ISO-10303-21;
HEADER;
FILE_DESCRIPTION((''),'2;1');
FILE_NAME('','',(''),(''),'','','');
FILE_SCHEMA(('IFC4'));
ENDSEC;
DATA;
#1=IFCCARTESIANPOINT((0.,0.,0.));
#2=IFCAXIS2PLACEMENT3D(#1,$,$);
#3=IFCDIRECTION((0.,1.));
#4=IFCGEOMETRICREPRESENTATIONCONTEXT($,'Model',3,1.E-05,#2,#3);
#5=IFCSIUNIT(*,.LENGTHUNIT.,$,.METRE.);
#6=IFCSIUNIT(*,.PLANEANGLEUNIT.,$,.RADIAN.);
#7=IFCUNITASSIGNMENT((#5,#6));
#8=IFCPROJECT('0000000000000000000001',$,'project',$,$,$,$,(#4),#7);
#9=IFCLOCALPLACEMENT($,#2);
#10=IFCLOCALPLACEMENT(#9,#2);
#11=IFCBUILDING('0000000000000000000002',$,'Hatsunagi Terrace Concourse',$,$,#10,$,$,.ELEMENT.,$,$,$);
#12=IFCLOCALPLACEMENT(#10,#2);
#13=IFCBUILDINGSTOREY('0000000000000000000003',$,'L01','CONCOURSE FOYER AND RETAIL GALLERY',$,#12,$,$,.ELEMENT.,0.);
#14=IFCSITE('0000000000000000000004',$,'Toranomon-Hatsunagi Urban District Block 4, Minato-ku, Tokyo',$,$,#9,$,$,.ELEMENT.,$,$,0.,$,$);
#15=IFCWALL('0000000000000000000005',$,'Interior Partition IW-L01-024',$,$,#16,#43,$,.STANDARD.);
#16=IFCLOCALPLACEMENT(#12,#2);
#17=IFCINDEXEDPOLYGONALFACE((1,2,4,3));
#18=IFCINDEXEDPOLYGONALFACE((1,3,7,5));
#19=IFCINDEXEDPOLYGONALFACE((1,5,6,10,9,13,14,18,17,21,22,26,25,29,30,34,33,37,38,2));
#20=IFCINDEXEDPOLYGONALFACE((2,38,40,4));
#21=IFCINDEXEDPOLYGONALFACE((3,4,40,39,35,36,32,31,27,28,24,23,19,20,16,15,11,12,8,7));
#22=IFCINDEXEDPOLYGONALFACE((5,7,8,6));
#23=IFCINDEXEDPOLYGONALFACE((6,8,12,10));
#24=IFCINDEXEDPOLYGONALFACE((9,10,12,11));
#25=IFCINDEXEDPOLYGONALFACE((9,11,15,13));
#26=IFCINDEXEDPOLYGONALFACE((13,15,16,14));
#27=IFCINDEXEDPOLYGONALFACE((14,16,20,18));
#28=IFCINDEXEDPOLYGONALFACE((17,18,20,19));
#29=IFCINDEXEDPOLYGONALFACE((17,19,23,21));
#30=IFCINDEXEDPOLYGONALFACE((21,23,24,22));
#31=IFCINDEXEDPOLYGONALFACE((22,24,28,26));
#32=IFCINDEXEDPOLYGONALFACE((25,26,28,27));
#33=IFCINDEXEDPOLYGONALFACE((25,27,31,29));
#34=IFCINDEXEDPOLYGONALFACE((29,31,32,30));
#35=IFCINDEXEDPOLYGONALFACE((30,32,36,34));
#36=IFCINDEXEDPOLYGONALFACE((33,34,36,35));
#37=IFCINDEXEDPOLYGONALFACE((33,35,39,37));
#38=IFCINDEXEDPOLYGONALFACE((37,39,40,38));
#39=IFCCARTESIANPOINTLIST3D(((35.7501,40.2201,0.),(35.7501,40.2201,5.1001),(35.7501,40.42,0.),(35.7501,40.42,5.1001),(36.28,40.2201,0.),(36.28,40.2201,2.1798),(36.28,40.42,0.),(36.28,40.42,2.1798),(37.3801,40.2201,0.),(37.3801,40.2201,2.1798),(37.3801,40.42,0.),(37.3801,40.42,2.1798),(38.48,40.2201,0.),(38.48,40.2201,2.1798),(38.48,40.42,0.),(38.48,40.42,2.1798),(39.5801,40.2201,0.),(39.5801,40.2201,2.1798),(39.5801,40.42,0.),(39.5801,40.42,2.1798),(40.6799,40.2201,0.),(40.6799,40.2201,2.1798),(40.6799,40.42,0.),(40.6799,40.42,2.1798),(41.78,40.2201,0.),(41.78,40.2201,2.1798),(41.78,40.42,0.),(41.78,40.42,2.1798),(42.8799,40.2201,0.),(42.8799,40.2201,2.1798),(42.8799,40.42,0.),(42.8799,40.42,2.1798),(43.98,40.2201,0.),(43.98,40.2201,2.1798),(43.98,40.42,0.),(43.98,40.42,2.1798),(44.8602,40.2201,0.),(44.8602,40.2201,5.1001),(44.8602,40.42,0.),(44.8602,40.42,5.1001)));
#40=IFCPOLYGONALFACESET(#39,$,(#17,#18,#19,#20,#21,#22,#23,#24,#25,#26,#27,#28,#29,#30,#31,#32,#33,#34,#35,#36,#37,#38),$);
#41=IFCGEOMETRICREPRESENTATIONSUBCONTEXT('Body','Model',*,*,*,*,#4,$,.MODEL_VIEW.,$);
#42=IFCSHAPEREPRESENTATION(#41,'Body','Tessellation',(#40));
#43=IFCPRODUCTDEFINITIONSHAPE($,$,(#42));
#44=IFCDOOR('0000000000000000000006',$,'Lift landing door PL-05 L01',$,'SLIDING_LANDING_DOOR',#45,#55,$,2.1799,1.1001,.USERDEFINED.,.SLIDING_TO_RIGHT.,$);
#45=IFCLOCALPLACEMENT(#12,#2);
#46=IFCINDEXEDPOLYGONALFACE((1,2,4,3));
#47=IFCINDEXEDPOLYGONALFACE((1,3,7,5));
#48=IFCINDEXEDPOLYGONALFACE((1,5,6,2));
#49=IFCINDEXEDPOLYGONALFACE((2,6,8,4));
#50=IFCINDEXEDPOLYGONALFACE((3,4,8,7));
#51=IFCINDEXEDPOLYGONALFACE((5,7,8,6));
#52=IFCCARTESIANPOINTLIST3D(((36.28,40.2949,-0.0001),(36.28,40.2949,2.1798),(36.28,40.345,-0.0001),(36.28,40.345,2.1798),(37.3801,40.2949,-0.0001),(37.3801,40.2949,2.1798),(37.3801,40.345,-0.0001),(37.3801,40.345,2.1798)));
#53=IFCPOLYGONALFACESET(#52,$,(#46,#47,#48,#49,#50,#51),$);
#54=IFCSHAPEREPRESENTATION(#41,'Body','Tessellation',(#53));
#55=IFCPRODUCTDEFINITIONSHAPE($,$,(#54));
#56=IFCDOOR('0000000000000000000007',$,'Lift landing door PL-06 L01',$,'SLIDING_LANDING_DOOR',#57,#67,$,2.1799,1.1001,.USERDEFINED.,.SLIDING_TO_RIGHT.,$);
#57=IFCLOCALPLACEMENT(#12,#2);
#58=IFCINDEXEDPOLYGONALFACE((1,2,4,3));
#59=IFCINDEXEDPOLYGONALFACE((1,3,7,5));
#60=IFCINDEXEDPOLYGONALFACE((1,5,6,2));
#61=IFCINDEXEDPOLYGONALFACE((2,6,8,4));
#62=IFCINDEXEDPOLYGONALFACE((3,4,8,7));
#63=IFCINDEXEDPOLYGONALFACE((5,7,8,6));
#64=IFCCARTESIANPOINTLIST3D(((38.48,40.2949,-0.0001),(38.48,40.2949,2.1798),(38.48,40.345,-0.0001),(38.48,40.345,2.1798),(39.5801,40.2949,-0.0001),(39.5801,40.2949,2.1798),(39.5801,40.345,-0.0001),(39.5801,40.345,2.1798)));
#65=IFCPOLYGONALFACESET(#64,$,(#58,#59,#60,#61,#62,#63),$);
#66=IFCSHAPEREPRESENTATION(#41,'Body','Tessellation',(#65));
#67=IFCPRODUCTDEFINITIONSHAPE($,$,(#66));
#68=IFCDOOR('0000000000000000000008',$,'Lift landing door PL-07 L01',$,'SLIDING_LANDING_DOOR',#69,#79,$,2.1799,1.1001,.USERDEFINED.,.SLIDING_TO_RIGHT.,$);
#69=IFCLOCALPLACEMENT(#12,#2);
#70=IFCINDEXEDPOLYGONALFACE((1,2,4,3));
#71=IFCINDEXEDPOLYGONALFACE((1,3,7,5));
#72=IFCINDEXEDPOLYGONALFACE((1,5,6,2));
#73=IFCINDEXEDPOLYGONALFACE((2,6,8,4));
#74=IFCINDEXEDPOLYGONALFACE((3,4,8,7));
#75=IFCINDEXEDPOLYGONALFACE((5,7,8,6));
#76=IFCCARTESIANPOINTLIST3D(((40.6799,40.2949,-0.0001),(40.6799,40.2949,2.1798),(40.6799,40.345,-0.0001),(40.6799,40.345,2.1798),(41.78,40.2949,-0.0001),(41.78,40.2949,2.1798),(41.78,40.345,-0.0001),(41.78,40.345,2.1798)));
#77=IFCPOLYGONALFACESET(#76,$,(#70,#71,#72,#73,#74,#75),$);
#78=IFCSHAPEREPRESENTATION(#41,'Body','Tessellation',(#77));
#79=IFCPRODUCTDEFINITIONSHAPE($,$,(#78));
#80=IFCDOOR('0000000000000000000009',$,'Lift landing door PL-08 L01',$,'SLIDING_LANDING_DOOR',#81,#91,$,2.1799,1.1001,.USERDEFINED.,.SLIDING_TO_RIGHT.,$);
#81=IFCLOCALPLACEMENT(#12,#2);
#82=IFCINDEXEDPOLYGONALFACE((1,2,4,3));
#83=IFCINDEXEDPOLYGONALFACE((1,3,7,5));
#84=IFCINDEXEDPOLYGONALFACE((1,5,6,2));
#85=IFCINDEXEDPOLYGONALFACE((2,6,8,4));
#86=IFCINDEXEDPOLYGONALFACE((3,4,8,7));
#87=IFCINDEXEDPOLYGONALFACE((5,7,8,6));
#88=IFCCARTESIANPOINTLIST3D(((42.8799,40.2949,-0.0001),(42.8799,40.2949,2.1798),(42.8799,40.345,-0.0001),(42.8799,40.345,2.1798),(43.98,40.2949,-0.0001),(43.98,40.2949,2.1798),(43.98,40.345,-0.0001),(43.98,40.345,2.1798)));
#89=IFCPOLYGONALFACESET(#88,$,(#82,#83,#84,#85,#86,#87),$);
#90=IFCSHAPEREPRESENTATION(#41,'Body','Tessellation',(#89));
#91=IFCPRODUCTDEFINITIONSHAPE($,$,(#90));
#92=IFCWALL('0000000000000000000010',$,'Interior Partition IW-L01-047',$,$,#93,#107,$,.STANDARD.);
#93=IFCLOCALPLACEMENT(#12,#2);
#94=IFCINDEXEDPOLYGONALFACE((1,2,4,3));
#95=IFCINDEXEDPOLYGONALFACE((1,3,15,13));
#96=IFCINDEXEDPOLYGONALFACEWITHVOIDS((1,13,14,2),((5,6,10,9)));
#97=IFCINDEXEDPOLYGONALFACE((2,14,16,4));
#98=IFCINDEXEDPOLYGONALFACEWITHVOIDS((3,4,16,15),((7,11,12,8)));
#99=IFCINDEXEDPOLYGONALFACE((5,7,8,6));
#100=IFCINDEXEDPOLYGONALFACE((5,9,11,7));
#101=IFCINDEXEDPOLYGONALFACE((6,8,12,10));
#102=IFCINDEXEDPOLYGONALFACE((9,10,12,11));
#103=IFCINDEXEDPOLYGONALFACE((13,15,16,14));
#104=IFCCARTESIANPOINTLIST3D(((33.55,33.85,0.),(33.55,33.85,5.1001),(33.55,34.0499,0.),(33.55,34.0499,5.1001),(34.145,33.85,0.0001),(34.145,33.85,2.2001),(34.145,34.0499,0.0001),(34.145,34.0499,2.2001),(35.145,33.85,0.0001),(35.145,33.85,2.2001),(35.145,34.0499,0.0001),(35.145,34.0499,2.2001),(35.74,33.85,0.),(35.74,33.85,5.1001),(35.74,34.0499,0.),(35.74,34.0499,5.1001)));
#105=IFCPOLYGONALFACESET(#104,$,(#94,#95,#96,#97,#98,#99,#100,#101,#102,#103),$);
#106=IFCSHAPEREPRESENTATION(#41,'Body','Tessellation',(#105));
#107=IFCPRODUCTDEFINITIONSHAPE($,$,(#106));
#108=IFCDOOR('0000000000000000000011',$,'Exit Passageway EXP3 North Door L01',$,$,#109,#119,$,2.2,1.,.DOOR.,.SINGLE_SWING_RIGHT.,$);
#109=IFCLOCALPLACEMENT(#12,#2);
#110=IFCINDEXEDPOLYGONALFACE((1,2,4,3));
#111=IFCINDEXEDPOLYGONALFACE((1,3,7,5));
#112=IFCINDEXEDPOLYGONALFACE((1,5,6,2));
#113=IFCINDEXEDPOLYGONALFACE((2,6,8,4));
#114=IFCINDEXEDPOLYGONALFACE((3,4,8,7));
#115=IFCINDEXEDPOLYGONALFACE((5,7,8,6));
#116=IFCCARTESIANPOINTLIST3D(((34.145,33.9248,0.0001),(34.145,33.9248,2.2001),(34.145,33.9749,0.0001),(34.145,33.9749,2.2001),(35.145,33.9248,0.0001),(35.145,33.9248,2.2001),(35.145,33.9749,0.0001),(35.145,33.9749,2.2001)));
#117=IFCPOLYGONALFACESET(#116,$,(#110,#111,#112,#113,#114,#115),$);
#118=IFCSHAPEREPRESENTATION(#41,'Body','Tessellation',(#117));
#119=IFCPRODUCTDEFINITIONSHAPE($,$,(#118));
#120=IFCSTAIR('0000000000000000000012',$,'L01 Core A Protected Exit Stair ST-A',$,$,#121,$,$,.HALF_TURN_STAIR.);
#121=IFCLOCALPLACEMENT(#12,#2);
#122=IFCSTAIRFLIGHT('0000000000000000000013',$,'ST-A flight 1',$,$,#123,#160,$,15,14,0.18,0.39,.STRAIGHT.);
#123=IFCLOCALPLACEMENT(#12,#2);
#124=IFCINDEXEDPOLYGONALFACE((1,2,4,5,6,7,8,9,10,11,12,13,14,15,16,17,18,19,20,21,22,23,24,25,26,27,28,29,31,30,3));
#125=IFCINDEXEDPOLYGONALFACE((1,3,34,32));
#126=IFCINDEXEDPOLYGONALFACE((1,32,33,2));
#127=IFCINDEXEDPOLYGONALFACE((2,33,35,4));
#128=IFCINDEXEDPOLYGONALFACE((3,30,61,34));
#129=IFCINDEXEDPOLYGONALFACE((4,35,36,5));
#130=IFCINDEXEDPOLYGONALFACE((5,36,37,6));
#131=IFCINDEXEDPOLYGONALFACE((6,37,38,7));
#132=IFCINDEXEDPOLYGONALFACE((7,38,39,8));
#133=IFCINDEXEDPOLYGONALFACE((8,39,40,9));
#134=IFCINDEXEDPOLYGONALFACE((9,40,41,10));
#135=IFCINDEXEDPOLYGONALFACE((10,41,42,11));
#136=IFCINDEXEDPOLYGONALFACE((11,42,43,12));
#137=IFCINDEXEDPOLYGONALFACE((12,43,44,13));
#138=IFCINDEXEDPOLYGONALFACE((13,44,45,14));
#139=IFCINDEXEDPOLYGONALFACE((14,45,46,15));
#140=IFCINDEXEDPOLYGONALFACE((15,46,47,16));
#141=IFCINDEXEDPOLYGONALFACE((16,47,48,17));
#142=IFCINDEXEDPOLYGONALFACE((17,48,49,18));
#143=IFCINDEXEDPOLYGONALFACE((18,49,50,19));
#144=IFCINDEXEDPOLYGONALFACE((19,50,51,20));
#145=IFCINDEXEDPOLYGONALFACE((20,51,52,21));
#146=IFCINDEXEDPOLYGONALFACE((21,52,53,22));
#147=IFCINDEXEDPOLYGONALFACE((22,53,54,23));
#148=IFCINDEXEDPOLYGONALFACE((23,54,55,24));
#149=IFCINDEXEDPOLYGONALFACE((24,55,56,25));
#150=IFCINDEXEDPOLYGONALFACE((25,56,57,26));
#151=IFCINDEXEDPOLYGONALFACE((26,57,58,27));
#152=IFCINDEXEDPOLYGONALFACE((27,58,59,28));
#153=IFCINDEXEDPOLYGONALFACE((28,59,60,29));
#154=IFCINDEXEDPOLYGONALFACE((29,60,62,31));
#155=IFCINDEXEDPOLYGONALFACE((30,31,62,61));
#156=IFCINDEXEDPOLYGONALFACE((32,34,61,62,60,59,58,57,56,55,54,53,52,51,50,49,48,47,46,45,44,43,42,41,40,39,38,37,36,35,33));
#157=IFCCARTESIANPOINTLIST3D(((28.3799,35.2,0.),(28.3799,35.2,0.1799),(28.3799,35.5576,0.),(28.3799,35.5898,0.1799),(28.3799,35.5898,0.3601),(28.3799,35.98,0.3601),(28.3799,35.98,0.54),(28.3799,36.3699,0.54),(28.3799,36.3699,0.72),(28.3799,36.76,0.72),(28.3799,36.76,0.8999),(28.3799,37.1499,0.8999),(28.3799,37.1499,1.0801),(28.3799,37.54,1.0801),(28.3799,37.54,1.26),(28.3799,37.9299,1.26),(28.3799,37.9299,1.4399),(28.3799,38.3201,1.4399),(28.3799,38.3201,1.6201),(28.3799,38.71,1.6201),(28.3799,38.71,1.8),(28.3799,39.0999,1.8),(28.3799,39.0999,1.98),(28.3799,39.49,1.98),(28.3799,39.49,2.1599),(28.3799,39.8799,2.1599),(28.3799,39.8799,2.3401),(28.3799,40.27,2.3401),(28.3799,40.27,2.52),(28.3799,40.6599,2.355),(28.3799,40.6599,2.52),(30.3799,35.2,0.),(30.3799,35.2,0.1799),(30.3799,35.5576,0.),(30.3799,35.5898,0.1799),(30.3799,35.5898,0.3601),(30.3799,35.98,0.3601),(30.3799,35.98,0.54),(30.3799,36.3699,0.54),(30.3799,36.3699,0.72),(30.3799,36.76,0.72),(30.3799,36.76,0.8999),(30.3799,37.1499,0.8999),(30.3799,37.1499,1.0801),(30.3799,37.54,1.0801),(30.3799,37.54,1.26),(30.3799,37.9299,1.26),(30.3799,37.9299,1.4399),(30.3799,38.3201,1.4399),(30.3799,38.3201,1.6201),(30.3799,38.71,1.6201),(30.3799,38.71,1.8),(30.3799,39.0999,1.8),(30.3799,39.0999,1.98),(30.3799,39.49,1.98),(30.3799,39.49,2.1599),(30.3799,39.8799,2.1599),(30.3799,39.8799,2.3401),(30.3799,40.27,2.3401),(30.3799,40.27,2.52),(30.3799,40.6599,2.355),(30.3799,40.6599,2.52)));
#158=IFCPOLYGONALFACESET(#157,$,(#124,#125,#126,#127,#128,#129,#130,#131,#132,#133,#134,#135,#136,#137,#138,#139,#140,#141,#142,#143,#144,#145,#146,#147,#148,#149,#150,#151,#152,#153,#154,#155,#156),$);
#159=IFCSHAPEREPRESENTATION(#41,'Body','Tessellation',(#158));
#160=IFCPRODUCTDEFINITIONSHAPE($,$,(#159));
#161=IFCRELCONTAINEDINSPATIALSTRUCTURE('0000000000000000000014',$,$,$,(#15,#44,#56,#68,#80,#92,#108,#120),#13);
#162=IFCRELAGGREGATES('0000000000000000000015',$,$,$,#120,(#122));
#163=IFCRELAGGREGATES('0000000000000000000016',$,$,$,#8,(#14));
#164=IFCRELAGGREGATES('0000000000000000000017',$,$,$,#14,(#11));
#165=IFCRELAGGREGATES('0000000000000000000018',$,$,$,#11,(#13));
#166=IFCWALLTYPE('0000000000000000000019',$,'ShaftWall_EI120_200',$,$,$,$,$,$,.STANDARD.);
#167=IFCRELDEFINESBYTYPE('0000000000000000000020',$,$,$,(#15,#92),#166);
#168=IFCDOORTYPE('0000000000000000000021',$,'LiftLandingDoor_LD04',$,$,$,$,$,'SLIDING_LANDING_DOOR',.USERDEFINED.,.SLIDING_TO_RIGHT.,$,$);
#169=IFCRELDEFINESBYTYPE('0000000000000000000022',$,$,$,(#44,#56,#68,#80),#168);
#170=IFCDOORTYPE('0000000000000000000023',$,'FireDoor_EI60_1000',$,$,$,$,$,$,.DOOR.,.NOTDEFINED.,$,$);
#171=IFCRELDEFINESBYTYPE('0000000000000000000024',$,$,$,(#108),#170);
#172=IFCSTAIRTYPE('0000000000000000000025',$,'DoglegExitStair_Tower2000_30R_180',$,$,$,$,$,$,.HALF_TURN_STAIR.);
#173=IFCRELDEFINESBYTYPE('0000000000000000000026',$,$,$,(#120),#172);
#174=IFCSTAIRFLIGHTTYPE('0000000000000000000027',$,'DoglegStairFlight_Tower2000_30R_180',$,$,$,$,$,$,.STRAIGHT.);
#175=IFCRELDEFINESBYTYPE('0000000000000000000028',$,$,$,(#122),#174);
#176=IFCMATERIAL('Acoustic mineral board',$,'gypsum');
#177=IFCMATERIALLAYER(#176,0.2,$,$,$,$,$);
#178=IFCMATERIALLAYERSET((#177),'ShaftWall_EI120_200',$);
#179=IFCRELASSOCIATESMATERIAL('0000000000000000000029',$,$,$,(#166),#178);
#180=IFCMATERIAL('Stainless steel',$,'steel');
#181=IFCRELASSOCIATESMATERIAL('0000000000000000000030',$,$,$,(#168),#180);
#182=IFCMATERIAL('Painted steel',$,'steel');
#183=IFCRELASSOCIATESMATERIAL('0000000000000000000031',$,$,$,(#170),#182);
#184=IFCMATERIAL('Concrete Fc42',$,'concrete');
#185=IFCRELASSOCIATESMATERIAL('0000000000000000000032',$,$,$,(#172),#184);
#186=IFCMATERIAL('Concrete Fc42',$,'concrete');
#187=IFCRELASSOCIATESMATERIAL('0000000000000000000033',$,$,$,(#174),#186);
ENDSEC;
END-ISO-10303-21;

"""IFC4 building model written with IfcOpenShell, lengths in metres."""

from ifc_helpers import new_model, si_unit, direction, frame, frame_2d, origin, place, context, subcontext, project, spatial, polyline, rectangle, outline, extrude, material, layer, layer_set, type_object, element, fill, aggregate, save


model = new_model("IFC4")

# Units and contexts
model_context = context("Model", 3, precision=1e-05, world=origin(), true_north=direction((0.0, 1.0)))
body_context = subcontext(model_context, "Body", "Model", "MODEL_VIEW")
ifc_project = project(units=[si_unit("LENGTHUNIT", "METRE"), si_unit("PLANEANGLEUNIT", "RADIAN")], contexts=[model_context])

# Site, building, storey
site_placement = place(None, origin())
site = spatial("IfcSite", under=ifc_project, at=site_placement, Name="Toranomon-Hatsunagi Urban District Block 4, Minato-ku, Tokyo", CompositionType="ELEMENT", RefElevation=0.0)
building_placement = place(site_placement, origin())
building = spatial("IfcBuilding", under=site, at=building_placement, Name="Hatsunagi Terrace Concourse", CompositionType="ELEMENT")
storey_placement = place(building_placement, origin())
storey = spatial("IfcBuildingStorey", under=building, at=storey_placement, Name="L01", Description="CONCOURSE FOYER AND RETAIL GALLERY", CompositionType="ELEMENT", Elevation=0.0)

# Shared definitions
ifc_material_1 = material(Name="Acoustic mineral board", Category="gypsum")
ifc_layer_1 = layer(ifc_material_1, 0.2)
ifc_layer_set_1 = layer_set([ifc_layer_1], Name="ShaftWall_EI120_200")
wall_type_1 = type_object("IfcWallType", Name="ShaftWall_EI120_200", PredefinedType="STANDARD", material=ifc_layer_set_1)

# Wall, openings, doors
wall_1_placement = place(storey_placement, frame((35.75, 40.3201, 0.0), z_axis=(0.0, 0.0, 1.0), x_axis=(1.0, 0.0, 0.0)))
wall_1 = element("IfcWall", 1, at=wall_1_placement, inside=storey, type_object=wall_type_1, Name="Interior Partition IW-L01-024", PredefinedType="STANDARD", context=body_context, shape_type="SweptSolid", body=[
    extrude(rectangle(XDim=9.1101, YDim=0.2, at=frame_2d((4.5552, 0.0))), origin(), (0.0, 0.0, 1.0), 5.1001),
])
opening_1_placement = place(wall_1_placement, frame((0.53, 0.0, 0.0)))
opening_1 = element("IfcOpeningElement", 2, at=opening_1_placement, cuts=wall_1, PredefinedType="OPENING", context=body_context, shape_type="SweptSolid", body=[
    extrude(rectangle(XDim=1.1001, YDim=2.1799, at=frame_2d((0.55, 1.0898))), frame((0.0, 0.1099, 0.0), z_axis=(0.0, -1.0, 0.0), x_axis=(1.0, 0.0, 0.0)), (0.0, 0.0, 1.0), 0.22),
])
opening_2_placement = place(wall_1_placement, frame((2.73, 0.0, 0.0)))
opening_2 = element("IfcOpeningElement", 3, at=opening_2_placement, cuts=wall_1, PredefinedType="OPENING", context=body_context, shape_type="SweptSolid", body=[
    extrude(rectangle(XDim=1.1001, YDim=2.1799, at=frame_2d((0.55, 1.0898))), frame((0.0, 0.1099, 0.0), z_axis=(0.0, -1.0, 0.0), x_axis=(1.0, 0.0, 0.0)), (0.0, 0.0, 1.0), 0.22),
])
opening_3_placement = place(wall_1_placement, frame((4.9299, 0.0, 0.0)))
opening_3 = element("IfcOpeningElement", 4, at=opening_3_placement, cuts=wall_1, PredefinedType="OPENING", context=body_context, shape_type="SweptSolid", body=[
    extrude(rectangle(XDim=1.1001, YDim=2.1799, at=frame_2d((0.55, 1.0898))), frame((0.0, 0.1099, 0.0), z_axis=(0.0, -1.0, 0.0), x_axis=(1.0, 0.0, 0.0)), (0.0, 0.0, 1.0), 0.22),
])
opening_4_placement = place(wall_1_placement, frame((7.1299, 0.0, 0.0)))
opening_4 = element("IfcOpeningElement", 5, at=opening_4_placement, cuts=wall_1, PredefinedType="OPENING", context=body_context, shape_type="SweptSolid", body=[
    extrude(rectangle(XDim=1.1001, YDim=2.1799, at=frame_2d((0.55, 1.0898))), frame((0.0, 0.1099, 0.0), z_axis=(0.0, -1.0, 0.0), x_axis=(1.0, 0.0, 0.0)), (0.0, 0.0, 1.0), 0.22),
])
ifc_material_2 = material(Name="Stainless steel", Category="steel")
door_type_1 = type_object("IfcDoorType", Name="LiftLandingDoor_LD04", ElementType="SLIDING_LANDING_DOOR", OperationType="SLIDING_TO_RIGHT", PredefinedType="USERDEFINED", material=ifc_material_2)
door_1_placement = place(opening_1_placement, origin())
door_1 = element("IfcDoor", 6, at=door_1_placement, inside=storey, type_object=door_type_1, Name="Lift landing door PL-05 L01", ObjectType="SLIDING_LANDING_DOOR", OperationType="SLIDING_TO_RIGHT", OverallHeight=2.1799, OverallWidth=1.1001, PredefinedType="USERDEFINED", context=body_context, shape_type="SweptSolid", body=[
    extrude(rectangle(XDim=1.1001, YDim=2.1799, at=frame_2d((0.55, 1.0898))), frame((0.0, 0.0249, 0.0), z_axis=(0.0, -1.0, 0.0), x_axis=(1.0, 0.0, 0.0)), (0.0, 0.0, 1.0), 0.05),
])
fill(opening_1, door_1)
door_2_placement = place(opening_2_placement, origin())
door_2 = element("IfcDoor", 7, at=door_2_placement, inside=storey, type_object=door_type_1, Name="Lift landing door PL-06 L01", ObjectType="SLIDING_LANDING_DOOR", OperationType="SLIDING_TO_RIGHT", OverallHeight=2.1799, OverallWidth=1.1001, PredefinedType="USERDEFINED", context=body_context, shape_type="SweptSolid", body=[
    extrude(rectangle(XDim=1.1001, YDim=2.1799, at=frame_2d((0.55, 1.0898))), frame((0.0, 0.0249, 0.0), z_axis=(0.0, -1.0, 0.0), x_axis=(1.0, 0.0, 0.0)), (0.0, 0.0, 1.0), 0.05),
])
fill(opening_2, door_2)
door_3_placement = place(opening_3_placement, origin())
door_3 = element("IfcDoor", 8, at=door_3_placement, inside=storey, type_object=door_type_1, Name="Lift landing door PL-07 L01", ObjectType="SLIDING_LANDING_DOOR", OperationType="SLIDING_TO_RIGHT", OverallHeight=2.1799, OverallWidth=1.1001, PredefinedType="USERDEFINED", context=body_context, shape_type="SweptSolid", body=[
    extrude(rectangle(XDim=1.1001, YDim=2.1799, at=frame_2d((0.55, 1.0898))), frame((0.0, 0.0249, 0.0), z_axis=(0.0, -1.0, 0.0), x_axis=(1.0, 0.0, 0.0)), (0.0, 0.0, 1.0), 0.05),
])
fill(opening_3, door_3)
door_4_placement = place(opening_4_placement, origin())
door_4 = element("IfcDoor", 9, at=door_4_placement, inside=storey, type_object=door_type_1, Name="Lift landing door PL-08 L01", ObjectType="SLIDING_LANDING_DOOR", OperationType="SLIDING_TO_RIGHT", OverallHeight=2.1799, OverallWidth=1.1001, PredefinedType="USERDEFINED", context=body_context, shape_type="SweptSolid", body=[
    extrude(rectangle(XDim=1.1001, YDim=2.1799, at=frame_2d((0.55, 1.0898))), frame((0.0, 0.0249, 0.0), z_axis=(0.0, -1.0, 0.0), x_axis=(1.0, 0.0, 0.0)), (0.0, 0.0, 1.0), 0.05),
])
fill(opening_4, door_4)

# Wall, opening, door
wall_2_placement = place(storey_placement, frame((33.55, 33.95, 0.0), z_axis=(0.0, 0.0, 1.0), x_axis=(1.0, 0.0, 0.0)))
wall_2 = element("IfcWall", 10, at=wall_2_placement, inside=storey, type_object=wall_type_1, Name="Interior Partition IW-L01-047", PredefinedType="STANDARD", context=body_context, shape_type="SweptSolid", body=[
    extrude(rectangle(XDim=2.1899, YDim=0.2, at=frame_2d((1.095, 0.0))), origin(), (0.0, 0.0, 1.0), 5.1001),
])
opening_5_placement = place(wall_2_placement, frame((0.595, 0.0, 0.0)))
opening_5 = element("IfcOpeningElement", 11, at=opening_5_placement, cuts=wall_2, PredefinedType="OPENING", context=body_context, shape_type="SweptSolid", body=[
    extrude(rectangle(XDim=1.0, YDim=2.2, at=frame_2d((0.5, 1.1001))), frame((0.0, 0.1099, 0.0), z_axis=(0.0, -1.0, 0.0), x_axis=(1.0, 0.0, 0.0)), (0.0, 0.0, 1.0), 0.22),
])
ifc_material_3 = material(Name="Painted steel", Category="steel")
door_type_2 = type_object("IfcDoorType", Name="FireDoor_EI60_1000", OperationType="NOTDEFINED", PredefinedType="DOOR", material=ifc_material_3)
door_5_placement = place(opening_5_placement, origin())
door_5 = element("IfcDoor", 12, at=door_5_placement, inside=storey, type_object=door_type_2, Name="Exit Passageway EXP3 North Door L01", OperationType="SINGLE_SWING_RIGHT", OverallHeight=2.2, OverallWidth=1.0, PredefinedType="DOOR", context=body_context, shape_type="SweptSolid", body=[
    extrude(rectangle(XDim=1.0, YDim=2.2, at=frame_2d((0.5, 1.1001))), frame((0.0, 0.0249, 0.0), z_axis=(0.0, -1.0, 0.0), x_axis=(1.0, 0.0, 0.0)), (0.0, 0.0, 1.0), 0.05),
])
fill(opening_5, door_5)

# Stair, stair flight
ifc_material_4 = material(Name="Concrete Fc42", Category="concrete")
stair_type = type_object("IfcStairType", Name="DoglegExitStair_Tower2000_30R_180", PredefinedType="HALF_TURN_STAIR", material=ifc_material_4)
stair_placement = place(storey_placement, origin())
stair = element("IfcStair", 13, at=stair_placement, inside=storey, type_object=stair_type, Name="L01 Core A Protected Exit Stair ST-A", PredefinedType="HALF_TURN_STAIR")
ifc_material_5 = material(Name="Concrete Fc42", Category="concrete")
stair_flight_type = type_object("IfcStairFlightType", Name="DoglegStairFlight_Tower2000_30R_180", PredefinedType="STRAIGHT", material=ifc_material_5)
stair_flight_placement = place(storey_placement, frame((29.3799, 35.2, 0.0), z_axis=(0.0, 0.0, 1.0), x_axis=(0.0, 1.0, 0.0)))
stair_flight = element("IfcStairFlight", 14, at=stair_flight_placement, type_object=stair_flight_type, Name="ST-A flight 1", NumberOfRisers=15, NumberOfTreads=14, PredefinedType="STRAIGHT", RiserHeight=0.18, TreadLength=0.39, context=body_context, shape_type="SweptSolid", body=[
    extrude(outline(polyline([(0.0, 0.0), (0.0, 0.1799), (0.3899, 0.1799), (0.3899, 0.3601), (0.78, 0.3601), (0.78, 0.54), (1.1699, 0.54), (1.1699, 0.72), (1.5601, 0.72), (1.5601, 0.8999), (1.95, 0.8999), (1.95, 1.0801), (2.3401, 1.0801), (2.3401, 1.26), (2.73, 1.26), (2.73, 1.4399), (3.1201, 1.4399), (3.1201, 1.6201), (3.51, 1.6201), (3.51, 1.8), (3.8999, 1.8), (3.8999, 1.98), (4.29, 1.98), (4.29, 2.1599), (4.6799, 2.1599), (4.6799, 2.3401), (5.0701, 2.3401), (5.0701, 2.52), (5.46, 2.52), (5.46, 2.7), (5.46, 2.355), (0.3577, 0.0), (0.0, 0.0)])), frame((0.0, 1.0, 0.0), z_axis=(0.0, -1.0, 0.0), x_axis=(1.0, 0.0, 0.0)), (0.0, 0.0, 1.0), 2.0),
])
aggregate(stair, [stair_flight])

save(model, "model.ifc")
